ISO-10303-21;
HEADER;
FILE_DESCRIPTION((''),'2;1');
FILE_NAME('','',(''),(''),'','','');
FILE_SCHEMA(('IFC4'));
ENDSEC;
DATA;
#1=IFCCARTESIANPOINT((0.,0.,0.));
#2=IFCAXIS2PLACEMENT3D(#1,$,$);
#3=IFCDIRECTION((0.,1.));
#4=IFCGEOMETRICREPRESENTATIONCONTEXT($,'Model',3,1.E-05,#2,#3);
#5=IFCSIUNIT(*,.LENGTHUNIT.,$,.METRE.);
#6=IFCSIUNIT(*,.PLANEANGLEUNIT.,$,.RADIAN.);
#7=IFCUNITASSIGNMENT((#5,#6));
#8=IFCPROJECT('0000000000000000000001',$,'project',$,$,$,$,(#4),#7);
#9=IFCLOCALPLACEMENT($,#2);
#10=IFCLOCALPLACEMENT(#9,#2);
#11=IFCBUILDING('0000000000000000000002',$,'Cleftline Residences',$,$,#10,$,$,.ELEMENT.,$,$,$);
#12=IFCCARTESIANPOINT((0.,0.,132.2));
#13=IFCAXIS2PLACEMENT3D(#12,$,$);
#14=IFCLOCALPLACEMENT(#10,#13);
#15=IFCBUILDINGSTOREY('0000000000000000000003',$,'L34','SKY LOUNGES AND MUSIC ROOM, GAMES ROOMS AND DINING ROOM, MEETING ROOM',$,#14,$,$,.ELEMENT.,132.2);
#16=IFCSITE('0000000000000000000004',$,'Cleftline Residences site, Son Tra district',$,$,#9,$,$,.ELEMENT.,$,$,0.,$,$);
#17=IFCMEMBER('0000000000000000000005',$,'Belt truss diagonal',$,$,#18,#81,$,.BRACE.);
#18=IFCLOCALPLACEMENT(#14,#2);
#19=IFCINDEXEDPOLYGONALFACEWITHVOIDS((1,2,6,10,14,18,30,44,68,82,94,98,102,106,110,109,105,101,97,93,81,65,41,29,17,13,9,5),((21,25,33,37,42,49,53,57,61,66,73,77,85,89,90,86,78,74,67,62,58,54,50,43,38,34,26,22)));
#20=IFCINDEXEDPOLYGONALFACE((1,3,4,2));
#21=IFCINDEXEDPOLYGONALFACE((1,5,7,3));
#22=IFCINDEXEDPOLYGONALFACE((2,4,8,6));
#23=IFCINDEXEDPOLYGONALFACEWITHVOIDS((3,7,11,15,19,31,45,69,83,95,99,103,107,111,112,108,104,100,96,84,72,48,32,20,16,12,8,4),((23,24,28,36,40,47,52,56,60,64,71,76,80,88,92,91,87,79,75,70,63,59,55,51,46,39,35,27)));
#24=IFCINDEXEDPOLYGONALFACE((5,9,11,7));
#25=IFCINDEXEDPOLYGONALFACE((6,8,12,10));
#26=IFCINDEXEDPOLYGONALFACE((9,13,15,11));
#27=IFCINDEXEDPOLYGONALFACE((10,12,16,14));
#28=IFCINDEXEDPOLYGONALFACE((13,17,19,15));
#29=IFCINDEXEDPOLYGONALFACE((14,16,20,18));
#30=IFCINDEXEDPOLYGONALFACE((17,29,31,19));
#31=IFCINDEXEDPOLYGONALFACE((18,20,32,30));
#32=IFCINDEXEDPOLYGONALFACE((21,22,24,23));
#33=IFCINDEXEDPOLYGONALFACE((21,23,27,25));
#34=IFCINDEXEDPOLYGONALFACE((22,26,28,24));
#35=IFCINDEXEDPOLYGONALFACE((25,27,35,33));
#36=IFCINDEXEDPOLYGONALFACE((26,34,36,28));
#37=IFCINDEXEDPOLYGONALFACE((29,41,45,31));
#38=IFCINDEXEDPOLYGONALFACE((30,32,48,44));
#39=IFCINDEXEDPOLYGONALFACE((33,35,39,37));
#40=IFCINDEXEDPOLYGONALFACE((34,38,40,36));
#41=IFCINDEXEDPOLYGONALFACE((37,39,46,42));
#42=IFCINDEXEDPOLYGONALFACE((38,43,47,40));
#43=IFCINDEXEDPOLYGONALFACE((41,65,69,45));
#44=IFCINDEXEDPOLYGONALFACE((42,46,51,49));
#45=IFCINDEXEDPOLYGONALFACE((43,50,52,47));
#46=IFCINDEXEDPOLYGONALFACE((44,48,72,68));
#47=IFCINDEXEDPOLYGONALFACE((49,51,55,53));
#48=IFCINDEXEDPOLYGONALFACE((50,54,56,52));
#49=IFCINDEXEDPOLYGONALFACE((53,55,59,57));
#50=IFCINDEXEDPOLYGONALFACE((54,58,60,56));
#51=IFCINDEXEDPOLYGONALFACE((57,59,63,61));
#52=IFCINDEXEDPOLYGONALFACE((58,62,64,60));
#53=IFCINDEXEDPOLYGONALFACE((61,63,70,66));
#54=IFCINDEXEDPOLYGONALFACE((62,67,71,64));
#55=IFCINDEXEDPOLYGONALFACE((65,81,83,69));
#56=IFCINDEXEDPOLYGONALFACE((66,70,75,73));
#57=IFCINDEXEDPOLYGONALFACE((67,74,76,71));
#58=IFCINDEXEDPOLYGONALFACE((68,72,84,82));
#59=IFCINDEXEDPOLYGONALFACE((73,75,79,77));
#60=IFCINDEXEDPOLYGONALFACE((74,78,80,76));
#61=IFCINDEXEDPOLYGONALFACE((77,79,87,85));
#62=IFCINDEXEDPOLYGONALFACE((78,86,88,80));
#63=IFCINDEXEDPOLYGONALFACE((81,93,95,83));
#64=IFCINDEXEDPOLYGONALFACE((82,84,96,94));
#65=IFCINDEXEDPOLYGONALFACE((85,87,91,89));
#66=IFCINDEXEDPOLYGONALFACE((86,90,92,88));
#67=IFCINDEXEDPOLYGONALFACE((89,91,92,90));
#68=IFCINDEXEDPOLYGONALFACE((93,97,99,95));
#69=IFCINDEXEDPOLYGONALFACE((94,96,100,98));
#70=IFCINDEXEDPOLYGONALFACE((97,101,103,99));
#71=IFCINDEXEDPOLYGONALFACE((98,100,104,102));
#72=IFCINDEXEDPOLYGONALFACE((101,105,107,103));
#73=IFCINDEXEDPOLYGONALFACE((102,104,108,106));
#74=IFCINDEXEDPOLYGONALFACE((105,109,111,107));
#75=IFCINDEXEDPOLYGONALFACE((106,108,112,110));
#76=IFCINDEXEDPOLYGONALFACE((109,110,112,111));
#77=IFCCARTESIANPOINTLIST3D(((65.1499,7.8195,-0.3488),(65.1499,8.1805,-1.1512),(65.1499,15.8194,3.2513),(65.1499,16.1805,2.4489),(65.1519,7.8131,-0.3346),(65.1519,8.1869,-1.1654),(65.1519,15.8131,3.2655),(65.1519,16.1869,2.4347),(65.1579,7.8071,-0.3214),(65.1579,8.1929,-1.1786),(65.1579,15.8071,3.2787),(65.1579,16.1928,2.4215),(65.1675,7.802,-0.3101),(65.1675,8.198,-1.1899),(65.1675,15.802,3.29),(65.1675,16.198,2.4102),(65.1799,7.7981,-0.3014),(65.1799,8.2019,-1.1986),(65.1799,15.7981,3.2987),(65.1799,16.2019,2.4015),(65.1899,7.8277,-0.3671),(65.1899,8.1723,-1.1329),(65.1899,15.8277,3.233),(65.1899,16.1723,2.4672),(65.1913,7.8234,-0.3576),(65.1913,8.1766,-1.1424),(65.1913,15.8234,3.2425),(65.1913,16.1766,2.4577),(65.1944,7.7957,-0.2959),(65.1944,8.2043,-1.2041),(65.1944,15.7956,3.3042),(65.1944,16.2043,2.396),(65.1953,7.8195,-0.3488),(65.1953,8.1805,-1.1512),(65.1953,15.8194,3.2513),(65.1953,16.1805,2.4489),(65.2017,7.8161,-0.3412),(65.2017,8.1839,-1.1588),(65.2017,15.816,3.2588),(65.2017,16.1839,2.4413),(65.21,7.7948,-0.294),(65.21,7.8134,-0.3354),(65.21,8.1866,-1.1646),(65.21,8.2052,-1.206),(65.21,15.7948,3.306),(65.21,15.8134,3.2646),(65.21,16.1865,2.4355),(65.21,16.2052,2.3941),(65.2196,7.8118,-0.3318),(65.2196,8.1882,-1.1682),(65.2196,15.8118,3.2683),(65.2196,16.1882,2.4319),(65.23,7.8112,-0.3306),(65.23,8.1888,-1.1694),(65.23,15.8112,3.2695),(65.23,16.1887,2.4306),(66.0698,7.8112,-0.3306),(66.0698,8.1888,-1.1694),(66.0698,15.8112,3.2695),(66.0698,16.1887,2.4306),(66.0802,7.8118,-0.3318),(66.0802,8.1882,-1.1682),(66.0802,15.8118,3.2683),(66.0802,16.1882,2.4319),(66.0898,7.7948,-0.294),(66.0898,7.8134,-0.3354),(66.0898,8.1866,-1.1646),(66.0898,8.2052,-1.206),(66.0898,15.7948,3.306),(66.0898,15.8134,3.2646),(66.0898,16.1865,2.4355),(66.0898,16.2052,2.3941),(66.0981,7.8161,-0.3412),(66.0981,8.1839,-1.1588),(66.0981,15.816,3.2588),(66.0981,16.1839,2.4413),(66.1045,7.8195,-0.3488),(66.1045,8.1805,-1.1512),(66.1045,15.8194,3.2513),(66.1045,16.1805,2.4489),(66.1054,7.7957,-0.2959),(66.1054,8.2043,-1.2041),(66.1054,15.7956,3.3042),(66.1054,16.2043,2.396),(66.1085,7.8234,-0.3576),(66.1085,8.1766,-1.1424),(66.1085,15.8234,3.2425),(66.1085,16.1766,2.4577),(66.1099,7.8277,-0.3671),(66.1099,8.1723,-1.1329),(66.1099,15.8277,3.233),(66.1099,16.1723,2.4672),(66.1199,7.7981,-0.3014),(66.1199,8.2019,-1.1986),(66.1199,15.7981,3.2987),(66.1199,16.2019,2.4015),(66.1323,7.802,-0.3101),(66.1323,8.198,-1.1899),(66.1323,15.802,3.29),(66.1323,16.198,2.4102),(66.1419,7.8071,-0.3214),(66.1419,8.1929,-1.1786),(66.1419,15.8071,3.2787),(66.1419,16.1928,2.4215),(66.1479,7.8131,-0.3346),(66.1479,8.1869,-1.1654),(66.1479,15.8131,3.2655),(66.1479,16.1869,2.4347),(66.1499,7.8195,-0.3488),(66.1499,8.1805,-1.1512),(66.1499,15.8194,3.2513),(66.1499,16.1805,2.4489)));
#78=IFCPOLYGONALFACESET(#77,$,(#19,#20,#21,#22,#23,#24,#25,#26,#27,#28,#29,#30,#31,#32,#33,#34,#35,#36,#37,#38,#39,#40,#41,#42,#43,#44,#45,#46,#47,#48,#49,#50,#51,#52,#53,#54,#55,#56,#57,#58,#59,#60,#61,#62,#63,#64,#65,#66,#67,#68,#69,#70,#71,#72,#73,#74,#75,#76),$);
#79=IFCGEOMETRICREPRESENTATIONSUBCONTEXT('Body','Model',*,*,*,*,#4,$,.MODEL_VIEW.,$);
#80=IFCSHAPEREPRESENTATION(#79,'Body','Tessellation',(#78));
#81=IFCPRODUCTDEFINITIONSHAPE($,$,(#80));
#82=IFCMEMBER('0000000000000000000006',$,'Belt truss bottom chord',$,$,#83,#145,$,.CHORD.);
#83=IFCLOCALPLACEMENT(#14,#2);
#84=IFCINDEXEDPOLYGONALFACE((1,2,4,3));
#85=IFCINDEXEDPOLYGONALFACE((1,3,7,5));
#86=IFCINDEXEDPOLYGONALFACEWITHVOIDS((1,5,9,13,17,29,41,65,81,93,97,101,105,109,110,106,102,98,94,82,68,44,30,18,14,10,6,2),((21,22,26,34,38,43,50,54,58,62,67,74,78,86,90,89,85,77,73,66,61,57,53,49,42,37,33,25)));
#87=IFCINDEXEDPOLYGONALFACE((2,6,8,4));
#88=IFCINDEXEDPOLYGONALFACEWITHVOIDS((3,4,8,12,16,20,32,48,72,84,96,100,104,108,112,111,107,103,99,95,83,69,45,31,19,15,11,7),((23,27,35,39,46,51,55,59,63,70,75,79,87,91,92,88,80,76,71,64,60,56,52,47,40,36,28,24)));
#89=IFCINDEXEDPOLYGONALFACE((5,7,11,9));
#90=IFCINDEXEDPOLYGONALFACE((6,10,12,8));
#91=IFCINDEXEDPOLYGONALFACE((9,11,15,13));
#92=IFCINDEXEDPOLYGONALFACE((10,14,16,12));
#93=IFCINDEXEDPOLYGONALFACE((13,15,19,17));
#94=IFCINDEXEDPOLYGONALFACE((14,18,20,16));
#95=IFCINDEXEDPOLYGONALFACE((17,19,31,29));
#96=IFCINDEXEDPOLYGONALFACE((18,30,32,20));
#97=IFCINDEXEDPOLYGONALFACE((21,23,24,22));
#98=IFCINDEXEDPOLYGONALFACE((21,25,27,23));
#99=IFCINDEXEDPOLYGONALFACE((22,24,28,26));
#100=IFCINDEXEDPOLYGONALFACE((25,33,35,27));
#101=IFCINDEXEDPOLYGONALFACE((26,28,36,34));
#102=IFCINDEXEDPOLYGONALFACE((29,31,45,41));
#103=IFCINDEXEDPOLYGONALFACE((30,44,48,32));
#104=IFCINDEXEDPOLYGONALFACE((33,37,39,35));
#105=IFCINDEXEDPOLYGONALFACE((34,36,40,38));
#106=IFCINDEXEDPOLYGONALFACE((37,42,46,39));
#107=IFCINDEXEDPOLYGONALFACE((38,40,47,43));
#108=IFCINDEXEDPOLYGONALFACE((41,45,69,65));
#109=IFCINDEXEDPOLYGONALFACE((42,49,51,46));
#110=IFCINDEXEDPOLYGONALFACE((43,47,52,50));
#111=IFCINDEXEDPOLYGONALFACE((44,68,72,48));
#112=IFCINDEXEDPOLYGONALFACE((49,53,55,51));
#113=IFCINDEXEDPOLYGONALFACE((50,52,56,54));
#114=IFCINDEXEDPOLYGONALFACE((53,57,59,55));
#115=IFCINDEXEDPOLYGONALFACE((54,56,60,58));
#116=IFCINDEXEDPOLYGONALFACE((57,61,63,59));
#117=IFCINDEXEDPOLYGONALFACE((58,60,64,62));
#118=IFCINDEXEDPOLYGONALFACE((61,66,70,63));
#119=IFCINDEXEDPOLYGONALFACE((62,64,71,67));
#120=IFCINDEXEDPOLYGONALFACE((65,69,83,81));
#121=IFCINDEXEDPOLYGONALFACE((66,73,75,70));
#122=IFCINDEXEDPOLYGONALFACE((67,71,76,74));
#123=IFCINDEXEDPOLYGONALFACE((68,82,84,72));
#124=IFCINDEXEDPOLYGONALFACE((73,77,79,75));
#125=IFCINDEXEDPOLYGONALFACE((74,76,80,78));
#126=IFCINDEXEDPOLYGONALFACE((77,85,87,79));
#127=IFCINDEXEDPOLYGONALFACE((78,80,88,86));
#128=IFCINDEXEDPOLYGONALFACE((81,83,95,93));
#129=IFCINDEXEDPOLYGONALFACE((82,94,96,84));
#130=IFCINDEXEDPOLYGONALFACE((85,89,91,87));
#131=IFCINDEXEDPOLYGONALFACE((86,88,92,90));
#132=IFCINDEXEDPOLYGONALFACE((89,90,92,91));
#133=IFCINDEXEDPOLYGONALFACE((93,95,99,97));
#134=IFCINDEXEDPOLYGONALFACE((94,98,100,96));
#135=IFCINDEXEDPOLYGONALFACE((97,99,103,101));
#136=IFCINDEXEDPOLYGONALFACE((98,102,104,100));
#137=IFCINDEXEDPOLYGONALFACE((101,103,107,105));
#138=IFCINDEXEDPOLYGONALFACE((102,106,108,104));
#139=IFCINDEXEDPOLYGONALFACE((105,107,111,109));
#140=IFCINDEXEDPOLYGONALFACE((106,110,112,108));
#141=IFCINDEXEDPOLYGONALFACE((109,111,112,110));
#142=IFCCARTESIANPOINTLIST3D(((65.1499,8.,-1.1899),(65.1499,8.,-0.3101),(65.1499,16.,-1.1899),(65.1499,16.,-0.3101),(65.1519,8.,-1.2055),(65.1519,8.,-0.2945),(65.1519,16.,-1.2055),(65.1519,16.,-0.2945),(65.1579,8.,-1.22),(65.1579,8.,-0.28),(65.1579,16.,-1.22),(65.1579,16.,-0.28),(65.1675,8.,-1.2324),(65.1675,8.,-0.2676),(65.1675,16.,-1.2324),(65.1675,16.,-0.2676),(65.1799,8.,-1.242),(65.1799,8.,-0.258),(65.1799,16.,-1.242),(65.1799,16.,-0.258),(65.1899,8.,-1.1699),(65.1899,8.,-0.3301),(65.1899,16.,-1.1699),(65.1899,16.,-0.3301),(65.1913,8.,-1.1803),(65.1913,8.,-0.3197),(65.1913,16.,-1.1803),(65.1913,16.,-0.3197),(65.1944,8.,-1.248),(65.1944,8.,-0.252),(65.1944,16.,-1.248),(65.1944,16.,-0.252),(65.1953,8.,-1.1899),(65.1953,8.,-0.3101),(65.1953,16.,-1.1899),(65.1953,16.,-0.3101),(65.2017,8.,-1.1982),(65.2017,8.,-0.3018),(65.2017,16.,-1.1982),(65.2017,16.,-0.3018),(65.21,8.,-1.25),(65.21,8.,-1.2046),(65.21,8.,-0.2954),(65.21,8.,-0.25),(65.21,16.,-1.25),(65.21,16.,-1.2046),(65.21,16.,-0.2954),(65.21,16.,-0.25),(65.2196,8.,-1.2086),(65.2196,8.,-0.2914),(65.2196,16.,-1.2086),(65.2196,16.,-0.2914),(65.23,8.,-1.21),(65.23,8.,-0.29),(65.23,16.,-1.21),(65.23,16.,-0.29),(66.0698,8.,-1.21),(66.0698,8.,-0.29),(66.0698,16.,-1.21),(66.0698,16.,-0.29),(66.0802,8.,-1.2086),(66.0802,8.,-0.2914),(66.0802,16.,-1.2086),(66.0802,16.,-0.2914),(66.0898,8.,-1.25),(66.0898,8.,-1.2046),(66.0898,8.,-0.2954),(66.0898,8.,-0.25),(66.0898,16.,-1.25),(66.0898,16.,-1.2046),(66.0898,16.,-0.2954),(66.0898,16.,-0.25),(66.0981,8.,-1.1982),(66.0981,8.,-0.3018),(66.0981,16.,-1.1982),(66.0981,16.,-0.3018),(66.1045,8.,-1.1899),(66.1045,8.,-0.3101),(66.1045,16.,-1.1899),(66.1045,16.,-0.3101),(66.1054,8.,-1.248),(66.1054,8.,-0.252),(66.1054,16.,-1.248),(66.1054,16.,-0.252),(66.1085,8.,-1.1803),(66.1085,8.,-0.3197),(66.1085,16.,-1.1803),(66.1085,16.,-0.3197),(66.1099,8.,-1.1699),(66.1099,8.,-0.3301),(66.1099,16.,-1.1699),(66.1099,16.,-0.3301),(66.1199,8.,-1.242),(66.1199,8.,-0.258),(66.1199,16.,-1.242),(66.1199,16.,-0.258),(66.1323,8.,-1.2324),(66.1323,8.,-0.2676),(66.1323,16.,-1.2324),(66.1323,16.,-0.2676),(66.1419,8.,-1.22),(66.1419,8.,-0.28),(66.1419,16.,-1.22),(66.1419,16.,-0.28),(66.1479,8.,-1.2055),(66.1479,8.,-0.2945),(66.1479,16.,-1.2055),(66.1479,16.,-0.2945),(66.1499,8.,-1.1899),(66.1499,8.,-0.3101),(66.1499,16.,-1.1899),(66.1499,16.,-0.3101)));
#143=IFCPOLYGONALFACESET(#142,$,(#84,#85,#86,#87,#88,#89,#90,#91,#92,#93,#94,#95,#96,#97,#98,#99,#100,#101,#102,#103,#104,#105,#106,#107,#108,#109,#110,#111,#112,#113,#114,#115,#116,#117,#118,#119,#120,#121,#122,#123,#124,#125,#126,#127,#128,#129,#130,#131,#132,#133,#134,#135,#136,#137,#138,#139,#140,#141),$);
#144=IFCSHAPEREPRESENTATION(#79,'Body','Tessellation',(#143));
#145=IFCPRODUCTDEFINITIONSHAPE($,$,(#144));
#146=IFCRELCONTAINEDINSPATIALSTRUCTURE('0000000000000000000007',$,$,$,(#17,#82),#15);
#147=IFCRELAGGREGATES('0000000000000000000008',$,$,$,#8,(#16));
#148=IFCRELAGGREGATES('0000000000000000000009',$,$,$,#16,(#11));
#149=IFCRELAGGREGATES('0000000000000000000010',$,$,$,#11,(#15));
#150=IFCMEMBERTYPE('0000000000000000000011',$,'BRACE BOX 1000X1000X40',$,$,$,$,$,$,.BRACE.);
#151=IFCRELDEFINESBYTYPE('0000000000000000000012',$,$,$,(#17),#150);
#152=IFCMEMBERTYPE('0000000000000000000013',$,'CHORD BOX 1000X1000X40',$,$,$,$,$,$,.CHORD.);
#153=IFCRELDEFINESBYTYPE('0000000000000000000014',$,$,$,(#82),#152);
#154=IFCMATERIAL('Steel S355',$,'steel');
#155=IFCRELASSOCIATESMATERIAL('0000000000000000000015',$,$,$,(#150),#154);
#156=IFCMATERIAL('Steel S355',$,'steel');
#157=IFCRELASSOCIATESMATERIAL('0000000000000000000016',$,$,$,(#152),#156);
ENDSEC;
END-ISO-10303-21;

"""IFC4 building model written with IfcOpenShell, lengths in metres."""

from ifc_helpers import new_model, si_unit, direction, frame, origin, origin_2d, place, context, subcontext, project, spatial, hollow_rectangle, extrude, material, material_profile, profile_set, type_object, element, save


model = new_model("IFC4")

# Units and contexts
model_context = context("Model", 3, precision=1e-05, world=origin(), true_north=direction((0.0, 1.0)))
body_context = subcontext(model_context, "Body", "Model", "MODEL_VIEW")
ifc_project = project(units=[si_unit("LENGTHUNIT", "METRE"), si_unit("PLANEANGLEUNIT", "RADIAN")], contexts=[model_context])

# Site, building, storey
site_placement = place(None, origin())
site = spatial("IfcSite", under=ifc_project, at=site_placement, Name="Cleftline Residences site, Son Tra district", CompositionType="ELEMENT", RefElevation=0.0)
building_placement = place(site_placement, origin())
building = spatial("IfcBuilding", under=site, at=building_placement, Name="Cleftline Residences", CompositionType="ELEMENT")
storey_placement = place(building_placement, frame((0.0, 0.0, 132.2)))
storey = spatial("IfcBuildingStorey", under=building, at=storey_placement, Name="L34", Description="SKY LOUNGES AND MUSIC ROOM, GAMES ROOMS AND DINING ROOM, MEETING ROOM", CompositionType="ELEMENT", Elevation=132.2)

# Members
ifc_material_1 = material(Name="Steel S355", Category="steel")
ifc_material_profile_1 = material_profile(ifc_material_1, hollow_rectangle(XDim=1.0, YDim=1.0, WallThickness=0.04, InnerFilletRadius=0.04, OuterFilletRadius=0.0601, at=origin_2d()))
ifc_profile_set_1 = profile_set([ifc_material_profile_1], Name="Steel S355")
member_type_1 = type_object("IfcMemberType", Name="BRACE BOX 1000X1000X40", PredefinedType="BRACE", material=ifc_profile_set_1)
member_1_placement = place(storey_placement, frame((65.6499, 8.0, -0.75), z_axis=(0.0, 0.911917, 0.410374), x_axis=(0.0, -0.410374, 0.911917)))
element("IfcMember", 1, at=member_1_placement, inside=storey, type_object=member_type_1, Name="Belt truss diagonal", PredefinedType="BRACE", context=body_context, shape_type="SweptSolid", body=[
    extrude(hollow_rectangle(XDim=1.0, YDim=1.0, WallThickness=0.04, InnerFilletRadius=0.04, OuterFilletRadius=0.0601, at=origin_2d()), origin(), (0.0, 0.0, 1.0), 8.7727),
])
ifc_material_2 = material(Name="Steel S355", Category="steel")
ifc_material_profile_2 = material_profile(ifc_material_2, hollow_rectangle(XDim=1.0, YDim=1.0, WallThickness=0.04, InnerFilletRadius=0.04, OuterFilletRadius=0.0601, at=origin_2d()))
ifc_profile_set_2 = profile_set([ifc_material_profile_2], Name="Steel S355")
member_type_2 = type_object("IfcMemberType", Name="CHORD BOX 1000X1000X40", PredefinedType="CHORD", material=ifc_profile_set_2)
for number, where, z_axis, x_axis, name in (
    (2, (65.6499, 8.0, -0.75), (0.0, 1.0, 0.0), (-1.0, 0.0, 0.0), "Belt truss bottom chord"),
):
    element("IfcMember", number, at=place(storey_placement, frame(where, z_axis=z_axis, x_axis=x_axis)), inside=storey, type_object=member_type_2, Name=name, PredefinedType="CHORD", context=body_context, shape_type="SweptSolid", body=[
        extrude(hollow_rectangle(XDim=1.0, YDim=1.0, WallThickness=0.04, InnerFilletRadius=0.04, OuterFilletRadius=0.0601, at=origin_2d()), origin(), (0.0, 0.0, 1.0), 8.0),
    ])

save(model, "model.ifc")
